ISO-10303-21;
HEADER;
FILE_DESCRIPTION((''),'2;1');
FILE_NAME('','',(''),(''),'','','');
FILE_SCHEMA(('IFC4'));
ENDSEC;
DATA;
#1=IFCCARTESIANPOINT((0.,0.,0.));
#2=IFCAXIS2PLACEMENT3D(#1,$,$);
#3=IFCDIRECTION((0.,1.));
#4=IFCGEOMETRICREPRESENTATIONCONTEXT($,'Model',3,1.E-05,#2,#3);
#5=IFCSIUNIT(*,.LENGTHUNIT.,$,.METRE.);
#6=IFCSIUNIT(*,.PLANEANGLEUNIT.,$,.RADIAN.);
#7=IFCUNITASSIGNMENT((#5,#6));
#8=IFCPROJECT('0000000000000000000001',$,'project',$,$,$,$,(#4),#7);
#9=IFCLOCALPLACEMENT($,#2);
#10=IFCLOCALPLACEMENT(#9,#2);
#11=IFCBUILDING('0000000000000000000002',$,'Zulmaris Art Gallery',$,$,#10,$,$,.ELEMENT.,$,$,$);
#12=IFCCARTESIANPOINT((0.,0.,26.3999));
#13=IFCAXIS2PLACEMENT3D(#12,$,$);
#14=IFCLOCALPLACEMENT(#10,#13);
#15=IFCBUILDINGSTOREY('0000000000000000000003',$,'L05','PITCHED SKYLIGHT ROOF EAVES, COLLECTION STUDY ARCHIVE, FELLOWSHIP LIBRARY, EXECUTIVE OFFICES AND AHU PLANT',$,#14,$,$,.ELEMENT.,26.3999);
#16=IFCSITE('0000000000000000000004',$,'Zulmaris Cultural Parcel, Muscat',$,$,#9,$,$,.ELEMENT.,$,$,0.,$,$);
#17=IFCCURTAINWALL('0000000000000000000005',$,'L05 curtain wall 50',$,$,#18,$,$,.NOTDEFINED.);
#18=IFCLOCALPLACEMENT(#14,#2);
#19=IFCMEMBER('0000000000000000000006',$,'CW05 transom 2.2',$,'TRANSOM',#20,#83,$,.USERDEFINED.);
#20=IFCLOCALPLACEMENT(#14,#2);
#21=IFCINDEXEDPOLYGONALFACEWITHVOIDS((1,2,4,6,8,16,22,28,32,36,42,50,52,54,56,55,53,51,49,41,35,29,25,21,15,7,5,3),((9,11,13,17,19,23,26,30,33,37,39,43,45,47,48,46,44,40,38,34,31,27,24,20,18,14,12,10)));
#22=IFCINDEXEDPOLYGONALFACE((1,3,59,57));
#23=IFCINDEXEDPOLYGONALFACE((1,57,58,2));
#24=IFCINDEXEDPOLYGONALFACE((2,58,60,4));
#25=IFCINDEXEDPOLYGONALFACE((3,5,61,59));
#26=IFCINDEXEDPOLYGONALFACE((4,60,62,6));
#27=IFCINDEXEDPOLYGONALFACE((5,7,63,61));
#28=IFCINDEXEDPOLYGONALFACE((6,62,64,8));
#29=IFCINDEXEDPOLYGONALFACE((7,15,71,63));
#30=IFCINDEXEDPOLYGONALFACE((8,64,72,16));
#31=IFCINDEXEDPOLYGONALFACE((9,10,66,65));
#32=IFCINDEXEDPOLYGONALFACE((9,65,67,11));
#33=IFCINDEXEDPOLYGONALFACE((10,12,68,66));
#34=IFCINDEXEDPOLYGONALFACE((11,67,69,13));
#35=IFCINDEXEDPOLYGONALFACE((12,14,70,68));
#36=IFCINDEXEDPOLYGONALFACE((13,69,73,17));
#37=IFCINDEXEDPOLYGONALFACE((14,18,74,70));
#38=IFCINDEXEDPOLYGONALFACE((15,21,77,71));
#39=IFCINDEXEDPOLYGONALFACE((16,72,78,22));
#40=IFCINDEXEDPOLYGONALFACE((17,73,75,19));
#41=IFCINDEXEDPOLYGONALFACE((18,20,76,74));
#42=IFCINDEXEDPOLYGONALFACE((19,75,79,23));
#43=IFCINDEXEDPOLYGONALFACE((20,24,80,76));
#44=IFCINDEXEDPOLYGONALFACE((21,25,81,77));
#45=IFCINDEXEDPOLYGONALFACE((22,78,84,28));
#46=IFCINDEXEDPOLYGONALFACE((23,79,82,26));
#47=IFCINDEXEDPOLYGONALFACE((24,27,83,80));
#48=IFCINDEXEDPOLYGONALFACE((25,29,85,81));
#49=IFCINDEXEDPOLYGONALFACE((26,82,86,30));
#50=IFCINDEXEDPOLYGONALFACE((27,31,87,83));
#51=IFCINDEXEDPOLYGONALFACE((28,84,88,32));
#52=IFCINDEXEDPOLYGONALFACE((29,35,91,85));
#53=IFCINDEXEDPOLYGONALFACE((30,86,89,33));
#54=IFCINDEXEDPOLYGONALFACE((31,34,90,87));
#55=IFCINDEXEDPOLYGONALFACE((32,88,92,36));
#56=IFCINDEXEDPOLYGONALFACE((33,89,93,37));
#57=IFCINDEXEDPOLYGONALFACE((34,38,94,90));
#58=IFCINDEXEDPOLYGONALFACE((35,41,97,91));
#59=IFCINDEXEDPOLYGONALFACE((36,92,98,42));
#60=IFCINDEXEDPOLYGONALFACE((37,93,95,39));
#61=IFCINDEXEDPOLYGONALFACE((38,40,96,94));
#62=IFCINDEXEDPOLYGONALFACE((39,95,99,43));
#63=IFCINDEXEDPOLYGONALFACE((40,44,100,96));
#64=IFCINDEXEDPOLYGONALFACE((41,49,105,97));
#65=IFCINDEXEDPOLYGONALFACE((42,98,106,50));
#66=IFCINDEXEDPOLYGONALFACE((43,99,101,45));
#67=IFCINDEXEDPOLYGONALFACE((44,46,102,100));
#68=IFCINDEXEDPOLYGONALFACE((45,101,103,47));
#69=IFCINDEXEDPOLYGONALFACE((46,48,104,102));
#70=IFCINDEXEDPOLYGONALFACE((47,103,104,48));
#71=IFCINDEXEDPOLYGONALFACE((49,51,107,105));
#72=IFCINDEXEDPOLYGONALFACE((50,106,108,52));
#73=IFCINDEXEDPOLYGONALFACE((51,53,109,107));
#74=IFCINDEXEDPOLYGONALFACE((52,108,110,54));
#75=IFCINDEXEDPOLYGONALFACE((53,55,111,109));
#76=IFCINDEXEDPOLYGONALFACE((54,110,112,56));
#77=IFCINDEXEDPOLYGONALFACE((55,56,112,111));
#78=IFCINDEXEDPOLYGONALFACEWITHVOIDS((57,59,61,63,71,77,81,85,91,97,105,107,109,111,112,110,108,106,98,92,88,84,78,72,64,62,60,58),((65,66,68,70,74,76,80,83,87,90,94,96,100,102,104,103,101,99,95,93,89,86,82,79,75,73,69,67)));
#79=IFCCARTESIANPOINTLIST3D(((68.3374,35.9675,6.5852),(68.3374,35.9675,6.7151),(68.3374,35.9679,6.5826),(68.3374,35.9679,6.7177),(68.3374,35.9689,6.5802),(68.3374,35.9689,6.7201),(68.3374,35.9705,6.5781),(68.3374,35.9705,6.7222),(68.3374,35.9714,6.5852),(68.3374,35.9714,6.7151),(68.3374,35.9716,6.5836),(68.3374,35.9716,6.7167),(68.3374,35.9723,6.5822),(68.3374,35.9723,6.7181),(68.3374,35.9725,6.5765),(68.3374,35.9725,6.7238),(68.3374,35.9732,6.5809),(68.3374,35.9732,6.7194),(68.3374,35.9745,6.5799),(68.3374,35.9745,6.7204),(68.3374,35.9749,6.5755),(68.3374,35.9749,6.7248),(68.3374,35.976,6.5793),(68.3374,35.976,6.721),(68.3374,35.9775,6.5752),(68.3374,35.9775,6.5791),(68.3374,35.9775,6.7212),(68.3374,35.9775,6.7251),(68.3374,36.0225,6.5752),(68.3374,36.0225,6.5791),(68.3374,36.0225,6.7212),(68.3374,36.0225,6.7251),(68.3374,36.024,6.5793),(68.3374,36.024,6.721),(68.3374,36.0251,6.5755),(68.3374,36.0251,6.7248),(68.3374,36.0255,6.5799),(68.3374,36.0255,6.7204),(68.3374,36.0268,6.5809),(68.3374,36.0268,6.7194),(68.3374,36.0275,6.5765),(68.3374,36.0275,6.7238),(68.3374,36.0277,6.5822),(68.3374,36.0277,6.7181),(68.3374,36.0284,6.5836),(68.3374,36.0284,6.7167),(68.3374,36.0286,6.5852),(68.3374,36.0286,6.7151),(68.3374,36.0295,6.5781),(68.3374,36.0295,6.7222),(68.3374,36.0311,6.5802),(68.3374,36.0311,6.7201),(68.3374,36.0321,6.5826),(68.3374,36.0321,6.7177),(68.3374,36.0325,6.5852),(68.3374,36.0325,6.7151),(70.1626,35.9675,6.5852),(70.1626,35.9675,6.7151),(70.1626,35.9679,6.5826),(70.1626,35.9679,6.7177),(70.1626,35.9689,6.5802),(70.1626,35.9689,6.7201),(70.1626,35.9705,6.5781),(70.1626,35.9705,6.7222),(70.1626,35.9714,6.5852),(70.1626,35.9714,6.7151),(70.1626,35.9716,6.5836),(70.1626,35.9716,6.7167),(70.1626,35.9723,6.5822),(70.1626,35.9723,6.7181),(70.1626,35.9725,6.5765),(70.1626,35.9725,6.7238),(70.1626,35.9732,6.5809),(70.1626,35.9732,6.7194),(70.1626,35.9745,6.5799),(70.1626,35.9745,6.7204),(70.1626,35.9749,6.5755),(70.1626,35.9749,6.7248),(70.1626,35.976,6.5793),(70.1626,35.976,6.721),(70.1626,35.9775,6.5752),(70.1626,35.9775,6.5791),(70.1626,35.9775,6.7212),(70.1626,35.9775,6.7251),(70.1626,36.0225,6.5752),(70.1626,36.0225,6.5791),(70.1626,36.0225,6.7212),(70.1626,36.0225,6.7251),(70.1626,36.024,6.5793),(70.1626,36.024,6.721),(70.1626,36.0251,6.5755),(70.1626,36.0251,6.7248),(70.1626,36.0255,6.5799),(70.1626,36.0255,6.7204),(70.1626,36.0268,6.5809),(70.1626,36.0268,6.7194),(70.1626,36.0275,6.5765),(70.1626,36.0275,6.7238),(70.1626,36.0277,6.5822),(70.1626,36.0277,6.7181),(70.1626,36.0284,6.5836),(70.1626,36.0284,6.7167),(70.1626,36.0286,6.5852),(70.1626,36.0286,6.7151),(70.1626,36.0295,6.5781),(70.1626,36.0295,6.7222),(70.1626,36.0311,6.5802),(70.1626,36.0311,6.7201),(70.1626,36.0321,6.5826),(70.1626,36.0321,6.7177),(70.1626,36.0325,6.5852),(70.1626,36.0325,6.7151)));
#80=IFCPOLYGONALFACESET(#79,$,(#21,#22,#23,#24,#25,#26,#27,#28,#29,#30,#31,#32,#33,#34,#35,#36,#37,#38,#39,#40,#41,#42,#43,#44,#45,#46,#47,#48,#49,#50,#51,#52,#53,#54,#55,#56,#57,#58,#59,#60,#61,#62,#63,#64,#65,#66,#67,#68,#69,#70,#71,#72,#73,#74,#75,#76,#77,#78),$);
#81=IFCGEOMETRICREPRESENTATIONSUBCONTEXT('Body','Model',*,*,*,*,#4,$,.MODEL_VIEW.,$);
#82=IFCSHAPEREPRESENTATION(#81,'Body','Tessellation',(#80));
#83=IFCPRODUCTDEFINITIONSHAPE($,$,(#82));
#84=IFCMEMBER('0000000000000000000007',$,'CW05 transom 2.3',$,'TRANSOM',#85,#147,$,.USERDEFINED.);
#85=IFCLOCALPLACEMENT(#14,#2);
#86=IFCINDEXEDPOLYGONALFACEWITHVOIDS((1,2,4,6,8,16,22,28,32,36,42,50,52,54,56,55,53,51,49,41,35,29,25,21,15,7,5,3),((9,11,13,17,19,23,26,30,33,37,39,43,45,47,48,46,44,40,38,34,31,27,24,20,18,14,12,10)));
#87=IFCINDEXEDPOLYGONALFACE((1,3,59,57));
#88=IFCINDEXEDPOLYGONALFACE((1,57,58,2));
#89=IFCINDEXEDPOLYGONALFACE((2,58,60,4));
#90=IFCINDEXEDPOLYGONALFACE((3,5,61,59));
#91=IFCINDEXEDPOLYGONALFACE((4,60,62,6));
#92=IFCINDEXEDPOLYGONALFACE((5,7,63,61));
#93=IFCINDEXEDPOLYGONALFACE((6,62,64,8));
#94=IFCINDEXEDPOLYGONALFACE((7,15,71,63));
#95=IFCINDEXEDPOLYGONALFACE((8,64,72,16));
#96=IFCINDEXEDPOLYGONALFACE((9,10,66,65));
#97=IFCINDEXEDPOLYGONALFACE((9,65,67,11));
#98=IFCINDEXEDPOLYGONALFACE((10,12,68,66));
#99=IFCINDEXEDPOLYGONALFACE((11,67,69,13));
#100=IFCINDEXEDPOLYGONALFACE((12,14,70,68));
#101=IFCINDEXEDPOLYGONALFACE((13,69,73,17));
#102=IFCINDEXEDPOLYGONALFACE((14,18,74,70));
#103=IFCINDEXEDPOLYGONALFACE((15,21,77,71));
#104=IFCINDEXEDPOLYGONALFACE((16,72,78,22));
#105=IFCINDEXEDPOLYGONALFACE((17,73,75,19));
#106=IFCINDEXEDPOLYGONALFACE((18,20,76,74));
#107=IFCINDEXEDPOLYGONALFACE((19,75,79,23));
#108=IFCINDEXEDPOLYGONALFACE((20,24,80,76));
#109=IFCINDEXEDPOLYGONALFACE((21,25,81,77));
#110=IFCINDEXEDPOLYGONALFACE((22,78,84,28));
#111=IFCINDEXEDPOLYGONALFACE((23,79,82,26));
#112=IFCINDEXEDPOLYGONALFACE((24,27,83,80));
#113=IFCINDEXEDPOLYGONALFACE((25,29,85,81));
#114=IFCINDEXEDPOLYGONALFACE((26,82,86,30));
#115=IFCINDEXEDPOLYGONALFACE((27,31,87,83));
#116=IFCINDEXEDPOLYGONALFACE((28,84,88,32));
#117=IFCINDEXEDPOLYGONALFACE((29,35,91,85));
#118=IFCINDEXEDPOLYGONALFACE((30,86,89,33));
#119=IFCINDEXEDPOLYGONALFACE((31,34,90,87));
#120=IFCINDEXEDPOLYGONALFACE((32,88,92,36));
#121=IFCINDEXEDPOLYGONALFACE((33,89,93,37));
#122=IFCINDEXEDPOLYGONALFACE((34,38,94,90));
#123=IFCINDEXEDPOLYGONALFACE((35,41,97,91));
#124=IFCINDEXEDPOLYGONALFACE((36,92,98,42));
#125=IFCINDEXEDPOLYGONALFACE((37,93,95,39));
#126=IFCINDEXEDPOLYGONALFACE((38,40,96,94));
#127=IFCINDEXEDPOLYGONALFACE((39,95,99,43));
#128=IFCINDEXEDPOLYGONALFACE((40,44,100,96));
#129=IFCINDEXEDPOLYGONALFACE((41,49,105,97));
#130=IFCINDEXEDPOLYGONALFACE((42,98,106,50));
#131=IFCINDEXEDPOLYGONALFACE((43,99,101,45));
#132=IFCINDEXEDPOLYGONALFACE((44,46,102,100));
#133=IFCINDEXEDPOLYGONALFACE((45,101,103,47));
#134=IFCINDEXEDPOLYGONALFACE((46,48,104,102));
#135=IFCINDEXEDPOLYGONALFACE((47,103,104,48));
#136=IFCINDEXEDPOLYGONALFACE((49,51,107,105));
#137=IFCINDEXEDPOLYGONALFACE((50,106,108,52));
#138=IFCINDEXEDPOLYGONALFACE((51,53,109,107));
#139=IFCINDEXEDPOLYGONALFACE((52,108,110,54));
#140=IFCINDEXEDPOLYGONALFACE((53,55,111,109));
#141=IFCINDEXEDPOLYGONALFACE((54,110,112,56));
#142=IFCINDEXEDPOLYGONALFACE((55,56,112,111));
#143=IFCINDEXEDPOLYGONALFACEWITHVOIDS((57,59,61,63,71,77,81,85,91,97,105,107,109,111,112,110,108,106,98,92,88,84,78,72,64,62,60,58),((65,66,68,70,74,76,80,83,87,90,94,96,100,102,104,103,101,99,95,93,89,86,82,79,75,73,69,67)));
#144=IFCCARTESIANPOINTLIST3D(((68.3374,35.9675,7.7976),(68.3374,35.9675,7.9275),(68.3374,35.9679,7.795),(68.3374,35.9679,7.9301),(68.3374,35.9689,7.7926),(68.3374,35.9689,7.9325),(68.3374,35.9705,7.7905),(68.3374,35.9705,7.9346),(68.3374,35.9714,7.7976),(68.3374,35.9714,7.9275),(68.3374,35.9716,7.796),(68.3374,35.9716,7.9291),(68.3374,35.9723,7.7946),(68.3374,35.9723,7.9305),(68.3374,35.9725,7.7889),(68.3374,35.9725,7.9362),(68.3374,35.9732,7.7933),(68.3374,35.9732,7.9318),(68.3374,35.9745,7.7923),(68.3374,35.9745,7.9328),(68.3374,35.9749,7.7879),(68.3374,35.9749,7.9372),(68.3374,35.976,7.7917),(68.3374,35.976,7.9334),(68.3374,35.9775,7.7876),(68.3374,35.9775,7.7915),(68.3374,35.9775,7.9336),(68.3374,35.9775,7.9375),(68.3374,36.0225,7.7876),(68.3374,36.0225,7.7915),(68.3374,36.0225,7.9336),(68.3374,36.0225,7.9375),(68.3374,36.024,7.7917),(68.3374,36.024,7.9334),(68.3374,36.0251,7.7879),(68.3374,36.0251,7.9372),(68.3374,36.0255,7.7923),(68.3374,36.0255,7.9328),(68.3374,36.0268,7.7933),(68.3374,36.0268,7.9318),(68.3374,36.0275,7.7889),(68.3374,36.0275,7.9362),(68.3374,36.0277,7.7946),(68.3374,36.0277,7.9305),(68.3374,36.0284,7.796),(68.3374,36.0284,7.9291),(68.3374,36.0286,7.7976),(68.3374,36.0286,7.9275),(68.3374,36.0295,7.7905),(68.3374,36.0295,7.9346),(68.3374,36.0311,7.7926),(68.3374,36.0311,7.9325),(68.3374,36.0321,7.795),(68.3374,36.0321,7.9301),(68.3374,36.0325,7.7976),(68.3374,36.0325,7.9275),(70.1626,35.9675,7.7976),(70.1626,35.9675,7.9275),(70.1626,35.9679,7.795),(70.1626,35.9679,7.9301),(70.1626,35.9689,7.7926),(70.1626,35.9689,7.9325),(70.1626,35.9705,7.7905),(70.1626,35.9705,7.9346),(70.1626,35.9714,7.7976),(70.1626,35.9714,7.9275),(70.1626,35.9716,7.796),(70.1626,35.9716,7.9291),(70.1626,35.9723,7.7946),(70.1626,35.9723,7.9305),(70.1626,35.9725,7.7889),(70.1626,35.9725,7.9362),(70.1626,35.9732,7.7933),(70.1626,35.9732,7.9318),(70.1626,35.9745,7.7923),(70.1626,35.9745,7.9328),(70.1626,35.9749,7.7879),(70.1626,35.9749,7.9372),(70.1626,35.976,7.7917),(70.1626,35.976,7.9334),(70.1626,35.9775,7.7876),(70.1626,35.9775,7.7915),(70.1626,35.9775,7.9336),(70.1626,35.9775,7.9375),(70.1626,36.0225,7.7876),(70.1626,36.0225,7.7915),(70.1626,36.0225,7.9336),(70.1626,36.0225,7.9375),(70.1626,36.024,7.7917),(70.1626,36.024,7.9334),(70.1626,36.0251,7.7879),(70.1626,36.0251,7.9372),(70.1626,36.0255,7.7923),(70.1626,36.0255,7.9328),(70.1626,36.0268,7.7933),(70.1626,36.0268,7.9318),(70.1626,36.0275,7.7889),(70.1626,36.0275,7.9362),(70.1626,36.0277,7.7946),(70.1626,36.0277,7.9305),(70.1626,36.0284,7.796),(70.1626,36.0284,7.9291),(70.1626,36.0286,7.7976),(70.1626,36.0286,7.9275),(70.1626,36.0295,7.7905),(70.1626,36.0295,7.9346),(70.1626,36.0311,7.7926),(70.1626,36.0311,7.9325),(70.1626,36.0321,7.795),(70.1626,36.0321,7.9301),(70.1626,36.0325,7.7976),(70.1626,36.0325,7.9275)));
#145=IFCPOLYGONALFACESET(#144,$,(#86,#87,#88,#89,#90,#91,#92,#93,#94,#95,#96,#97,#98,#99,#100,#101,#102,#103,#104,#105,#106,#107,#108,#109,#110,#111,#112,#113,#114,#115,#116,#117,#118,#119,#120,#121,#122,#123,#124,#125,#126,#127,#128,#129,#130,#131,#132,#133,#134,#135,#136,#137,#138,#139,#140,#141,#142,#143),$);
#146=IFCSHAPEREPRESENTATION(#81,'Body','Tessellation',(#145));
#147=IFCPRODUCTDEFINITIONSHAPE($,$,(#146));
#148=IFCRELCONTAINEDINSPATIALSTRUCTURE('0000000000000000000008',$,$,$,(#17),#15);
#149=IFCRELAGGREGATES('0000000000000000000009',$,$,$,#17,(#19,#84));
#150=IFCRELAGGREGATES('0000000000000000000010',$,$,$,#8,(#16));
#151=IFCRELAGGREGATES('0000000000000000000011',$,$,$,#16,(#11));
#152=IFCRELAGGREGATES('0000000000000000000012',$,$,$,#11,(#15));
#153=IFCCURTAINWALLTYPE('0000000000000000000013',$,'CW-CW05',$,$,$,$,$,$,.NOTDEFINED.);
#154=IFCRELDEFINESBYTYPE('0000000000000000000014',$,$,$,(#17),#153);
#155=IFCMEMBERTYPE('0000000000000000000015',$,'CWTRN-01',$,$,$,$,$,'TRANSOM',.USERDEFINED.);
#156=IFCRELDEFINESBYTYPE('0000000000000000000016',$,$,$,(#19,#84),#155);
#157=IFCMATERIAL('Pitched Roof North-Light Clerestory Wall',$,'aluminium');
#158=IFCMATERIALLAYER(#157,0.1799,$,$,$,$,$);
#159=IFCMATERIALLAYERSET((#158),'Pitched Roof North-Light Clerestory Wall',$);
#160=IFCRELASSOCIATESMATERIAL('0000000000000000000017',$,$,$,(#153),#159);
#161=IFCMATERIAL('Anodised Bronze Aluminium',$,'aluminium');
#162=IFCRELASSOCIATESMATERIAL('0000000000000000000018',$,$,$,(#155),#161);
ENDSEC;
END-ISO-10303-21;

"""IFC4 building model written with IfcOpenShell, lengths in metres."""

from ifc_helpers import new_model, si_unit, direction, frame, origin, origin_2d, place, context, subcontext, project, spatial, hollow_rectangle, extrude, material, layer, layer_set, material_profile, profile_set, type_object, element, aggregate, save


model = new_model("IFC4")

# Units and contexts
model_context = context("Model", 3, precision=1e-05, world=origin(), true_north=direction((0.0, 1.0)))
body_context = subcontext(model_context, "Body", "Model", "MODEL_VIEW")
ifc_project = project(units=[si_unit("LENGTHUNIT", "METRE"), si_unit("PLANEANGLEUNIT", "RADIAN")], contexts=[model_context])

# Site, building, storey
site_placement = place(None, origin())
site = spatial("IfcSite", under=ifc_project, at=site_placement, Name="Zulmaris Cultural Parcel, Muscat", CompositionType="ELEMENT", RefElevation=0.0)
building_placement = place(site_placement, origin())
building = spatial("IfcBuilding", under=site, at=building_placement, Name="Zulmaris Art Gallery", CompositionType="ELEMENT")
storey_placement = place(building_placement, frame((0.0, 0.0, 26.3999)))
storey = spatial("IfcBuildingStorey", under=building, at=storey_placement, Name="L05", Description="PITCHED SKYLIGHT ROOF EAVES, COLLECTION STUDY ARCHIVE, FELLOWSHIP LIBRARY, EXECUTIVE OFFICES AND AHU PLANT", CompositionType="ELEMENT", Elevation=26.3999)

# Curtain wall, members
ifc_material_1 = material(Name="Pitched Roof North-Light Clerestory Wall", Category="aluminium")
ifc_layer_1 = layer(ifc_material_1, 0.1799)
ifc_layer_set_1 = layer_set([ifc_layer_1], Name="Pitched Roof North-Light Clerestory Wall")
curtain_wall_type = type_object("IfcCurtainWallType", Name="CW-CW05", PredefinedType="NOTDEFINED", material=ifc_layer_set_1)
curtain_wall_placement = place(storey_placement, origin())
curtain_wall = element("IfcCurtainWall", 1, at=curtain_wall_placement, inside=storey, type_object=curtain_wall_type, Name="L05 curtain wall 50", PredefinedType="NOTDEFINED")
ifc_material_2 = material(Name="Anodised Bronze Aluminium", Category="aluminium")
ifc_material_profile_1 = material_profile(ifc_material_2, hollow_rectangle(XDim=0.0649, YDim=0.1499, WallThickness=0.0039, InnerFilletRadius=0.0061, OuterFilletRadius=0.01, at=origin_2d()), Name="ALU 65x150x4")
ifc_profile_set_1 = profile_set([ifc_material_profile_1], Name="Anodised Bronze Aluminium")
member_type_1 = type_object("IfcMemberType", Name="CWTRN-01", ElementType="TRANSOM", PredefinedType="USERDEFINED", material=ifc_profile_set_1)
member_1_placement = place(storey_placement, frame((68.3374, 36.0, 6.6501), z_axis=(1.0, 0.0, 0.0), x_axis=(0.0, 1.0, 0.0)))
member_1 = element("IfcMember", 2, at=member_1_placement, type_object=member_type_1, Name="CW05 transom 2.2", ObjectType="TRANSOM", PredefinedType="USERDEFINED", context=body_context, shape_type="SweptSolid", body=[
    extrude(hollow_rectangle(XDim=0.0649, YDim=0.1499, WallThickness=0.0039, InnerFilletRadius=0.0061, OuterFilletRadius=0.01, at=origin_2d()), origin(), (0.0, 0.0, 1.0), 1.8252),
])
member_2_placement = place(storey_placement, frame((68.3374, 36.0, 7.8625), z_axis=(1.0, 0.0, 0.0), x_axis=(0.0, 1.0, 0.0)))
member_2 = element("IfcMember", 3, at=member_2_placement, type_object=member_type_1, Name="CW05 transom 2.3", ObjectType="TRANSOM", PredefinedType="USERDEFINED", context=body_context, shape_type="SweptSolid", body=[
    extrude(hollow_rectangle(XDim=0.0649, YDim=0.1499, WallThickness=0.0039, InnerFilletRadius=0.0061, OuterFilletRadius=0.01, at=origin_2d()), origin(), (0.0, 0.0, 1.0), 1.8252),
])

aggregate(curtain_wall, [member_1, member_2])

save(model, "model.ifc")
